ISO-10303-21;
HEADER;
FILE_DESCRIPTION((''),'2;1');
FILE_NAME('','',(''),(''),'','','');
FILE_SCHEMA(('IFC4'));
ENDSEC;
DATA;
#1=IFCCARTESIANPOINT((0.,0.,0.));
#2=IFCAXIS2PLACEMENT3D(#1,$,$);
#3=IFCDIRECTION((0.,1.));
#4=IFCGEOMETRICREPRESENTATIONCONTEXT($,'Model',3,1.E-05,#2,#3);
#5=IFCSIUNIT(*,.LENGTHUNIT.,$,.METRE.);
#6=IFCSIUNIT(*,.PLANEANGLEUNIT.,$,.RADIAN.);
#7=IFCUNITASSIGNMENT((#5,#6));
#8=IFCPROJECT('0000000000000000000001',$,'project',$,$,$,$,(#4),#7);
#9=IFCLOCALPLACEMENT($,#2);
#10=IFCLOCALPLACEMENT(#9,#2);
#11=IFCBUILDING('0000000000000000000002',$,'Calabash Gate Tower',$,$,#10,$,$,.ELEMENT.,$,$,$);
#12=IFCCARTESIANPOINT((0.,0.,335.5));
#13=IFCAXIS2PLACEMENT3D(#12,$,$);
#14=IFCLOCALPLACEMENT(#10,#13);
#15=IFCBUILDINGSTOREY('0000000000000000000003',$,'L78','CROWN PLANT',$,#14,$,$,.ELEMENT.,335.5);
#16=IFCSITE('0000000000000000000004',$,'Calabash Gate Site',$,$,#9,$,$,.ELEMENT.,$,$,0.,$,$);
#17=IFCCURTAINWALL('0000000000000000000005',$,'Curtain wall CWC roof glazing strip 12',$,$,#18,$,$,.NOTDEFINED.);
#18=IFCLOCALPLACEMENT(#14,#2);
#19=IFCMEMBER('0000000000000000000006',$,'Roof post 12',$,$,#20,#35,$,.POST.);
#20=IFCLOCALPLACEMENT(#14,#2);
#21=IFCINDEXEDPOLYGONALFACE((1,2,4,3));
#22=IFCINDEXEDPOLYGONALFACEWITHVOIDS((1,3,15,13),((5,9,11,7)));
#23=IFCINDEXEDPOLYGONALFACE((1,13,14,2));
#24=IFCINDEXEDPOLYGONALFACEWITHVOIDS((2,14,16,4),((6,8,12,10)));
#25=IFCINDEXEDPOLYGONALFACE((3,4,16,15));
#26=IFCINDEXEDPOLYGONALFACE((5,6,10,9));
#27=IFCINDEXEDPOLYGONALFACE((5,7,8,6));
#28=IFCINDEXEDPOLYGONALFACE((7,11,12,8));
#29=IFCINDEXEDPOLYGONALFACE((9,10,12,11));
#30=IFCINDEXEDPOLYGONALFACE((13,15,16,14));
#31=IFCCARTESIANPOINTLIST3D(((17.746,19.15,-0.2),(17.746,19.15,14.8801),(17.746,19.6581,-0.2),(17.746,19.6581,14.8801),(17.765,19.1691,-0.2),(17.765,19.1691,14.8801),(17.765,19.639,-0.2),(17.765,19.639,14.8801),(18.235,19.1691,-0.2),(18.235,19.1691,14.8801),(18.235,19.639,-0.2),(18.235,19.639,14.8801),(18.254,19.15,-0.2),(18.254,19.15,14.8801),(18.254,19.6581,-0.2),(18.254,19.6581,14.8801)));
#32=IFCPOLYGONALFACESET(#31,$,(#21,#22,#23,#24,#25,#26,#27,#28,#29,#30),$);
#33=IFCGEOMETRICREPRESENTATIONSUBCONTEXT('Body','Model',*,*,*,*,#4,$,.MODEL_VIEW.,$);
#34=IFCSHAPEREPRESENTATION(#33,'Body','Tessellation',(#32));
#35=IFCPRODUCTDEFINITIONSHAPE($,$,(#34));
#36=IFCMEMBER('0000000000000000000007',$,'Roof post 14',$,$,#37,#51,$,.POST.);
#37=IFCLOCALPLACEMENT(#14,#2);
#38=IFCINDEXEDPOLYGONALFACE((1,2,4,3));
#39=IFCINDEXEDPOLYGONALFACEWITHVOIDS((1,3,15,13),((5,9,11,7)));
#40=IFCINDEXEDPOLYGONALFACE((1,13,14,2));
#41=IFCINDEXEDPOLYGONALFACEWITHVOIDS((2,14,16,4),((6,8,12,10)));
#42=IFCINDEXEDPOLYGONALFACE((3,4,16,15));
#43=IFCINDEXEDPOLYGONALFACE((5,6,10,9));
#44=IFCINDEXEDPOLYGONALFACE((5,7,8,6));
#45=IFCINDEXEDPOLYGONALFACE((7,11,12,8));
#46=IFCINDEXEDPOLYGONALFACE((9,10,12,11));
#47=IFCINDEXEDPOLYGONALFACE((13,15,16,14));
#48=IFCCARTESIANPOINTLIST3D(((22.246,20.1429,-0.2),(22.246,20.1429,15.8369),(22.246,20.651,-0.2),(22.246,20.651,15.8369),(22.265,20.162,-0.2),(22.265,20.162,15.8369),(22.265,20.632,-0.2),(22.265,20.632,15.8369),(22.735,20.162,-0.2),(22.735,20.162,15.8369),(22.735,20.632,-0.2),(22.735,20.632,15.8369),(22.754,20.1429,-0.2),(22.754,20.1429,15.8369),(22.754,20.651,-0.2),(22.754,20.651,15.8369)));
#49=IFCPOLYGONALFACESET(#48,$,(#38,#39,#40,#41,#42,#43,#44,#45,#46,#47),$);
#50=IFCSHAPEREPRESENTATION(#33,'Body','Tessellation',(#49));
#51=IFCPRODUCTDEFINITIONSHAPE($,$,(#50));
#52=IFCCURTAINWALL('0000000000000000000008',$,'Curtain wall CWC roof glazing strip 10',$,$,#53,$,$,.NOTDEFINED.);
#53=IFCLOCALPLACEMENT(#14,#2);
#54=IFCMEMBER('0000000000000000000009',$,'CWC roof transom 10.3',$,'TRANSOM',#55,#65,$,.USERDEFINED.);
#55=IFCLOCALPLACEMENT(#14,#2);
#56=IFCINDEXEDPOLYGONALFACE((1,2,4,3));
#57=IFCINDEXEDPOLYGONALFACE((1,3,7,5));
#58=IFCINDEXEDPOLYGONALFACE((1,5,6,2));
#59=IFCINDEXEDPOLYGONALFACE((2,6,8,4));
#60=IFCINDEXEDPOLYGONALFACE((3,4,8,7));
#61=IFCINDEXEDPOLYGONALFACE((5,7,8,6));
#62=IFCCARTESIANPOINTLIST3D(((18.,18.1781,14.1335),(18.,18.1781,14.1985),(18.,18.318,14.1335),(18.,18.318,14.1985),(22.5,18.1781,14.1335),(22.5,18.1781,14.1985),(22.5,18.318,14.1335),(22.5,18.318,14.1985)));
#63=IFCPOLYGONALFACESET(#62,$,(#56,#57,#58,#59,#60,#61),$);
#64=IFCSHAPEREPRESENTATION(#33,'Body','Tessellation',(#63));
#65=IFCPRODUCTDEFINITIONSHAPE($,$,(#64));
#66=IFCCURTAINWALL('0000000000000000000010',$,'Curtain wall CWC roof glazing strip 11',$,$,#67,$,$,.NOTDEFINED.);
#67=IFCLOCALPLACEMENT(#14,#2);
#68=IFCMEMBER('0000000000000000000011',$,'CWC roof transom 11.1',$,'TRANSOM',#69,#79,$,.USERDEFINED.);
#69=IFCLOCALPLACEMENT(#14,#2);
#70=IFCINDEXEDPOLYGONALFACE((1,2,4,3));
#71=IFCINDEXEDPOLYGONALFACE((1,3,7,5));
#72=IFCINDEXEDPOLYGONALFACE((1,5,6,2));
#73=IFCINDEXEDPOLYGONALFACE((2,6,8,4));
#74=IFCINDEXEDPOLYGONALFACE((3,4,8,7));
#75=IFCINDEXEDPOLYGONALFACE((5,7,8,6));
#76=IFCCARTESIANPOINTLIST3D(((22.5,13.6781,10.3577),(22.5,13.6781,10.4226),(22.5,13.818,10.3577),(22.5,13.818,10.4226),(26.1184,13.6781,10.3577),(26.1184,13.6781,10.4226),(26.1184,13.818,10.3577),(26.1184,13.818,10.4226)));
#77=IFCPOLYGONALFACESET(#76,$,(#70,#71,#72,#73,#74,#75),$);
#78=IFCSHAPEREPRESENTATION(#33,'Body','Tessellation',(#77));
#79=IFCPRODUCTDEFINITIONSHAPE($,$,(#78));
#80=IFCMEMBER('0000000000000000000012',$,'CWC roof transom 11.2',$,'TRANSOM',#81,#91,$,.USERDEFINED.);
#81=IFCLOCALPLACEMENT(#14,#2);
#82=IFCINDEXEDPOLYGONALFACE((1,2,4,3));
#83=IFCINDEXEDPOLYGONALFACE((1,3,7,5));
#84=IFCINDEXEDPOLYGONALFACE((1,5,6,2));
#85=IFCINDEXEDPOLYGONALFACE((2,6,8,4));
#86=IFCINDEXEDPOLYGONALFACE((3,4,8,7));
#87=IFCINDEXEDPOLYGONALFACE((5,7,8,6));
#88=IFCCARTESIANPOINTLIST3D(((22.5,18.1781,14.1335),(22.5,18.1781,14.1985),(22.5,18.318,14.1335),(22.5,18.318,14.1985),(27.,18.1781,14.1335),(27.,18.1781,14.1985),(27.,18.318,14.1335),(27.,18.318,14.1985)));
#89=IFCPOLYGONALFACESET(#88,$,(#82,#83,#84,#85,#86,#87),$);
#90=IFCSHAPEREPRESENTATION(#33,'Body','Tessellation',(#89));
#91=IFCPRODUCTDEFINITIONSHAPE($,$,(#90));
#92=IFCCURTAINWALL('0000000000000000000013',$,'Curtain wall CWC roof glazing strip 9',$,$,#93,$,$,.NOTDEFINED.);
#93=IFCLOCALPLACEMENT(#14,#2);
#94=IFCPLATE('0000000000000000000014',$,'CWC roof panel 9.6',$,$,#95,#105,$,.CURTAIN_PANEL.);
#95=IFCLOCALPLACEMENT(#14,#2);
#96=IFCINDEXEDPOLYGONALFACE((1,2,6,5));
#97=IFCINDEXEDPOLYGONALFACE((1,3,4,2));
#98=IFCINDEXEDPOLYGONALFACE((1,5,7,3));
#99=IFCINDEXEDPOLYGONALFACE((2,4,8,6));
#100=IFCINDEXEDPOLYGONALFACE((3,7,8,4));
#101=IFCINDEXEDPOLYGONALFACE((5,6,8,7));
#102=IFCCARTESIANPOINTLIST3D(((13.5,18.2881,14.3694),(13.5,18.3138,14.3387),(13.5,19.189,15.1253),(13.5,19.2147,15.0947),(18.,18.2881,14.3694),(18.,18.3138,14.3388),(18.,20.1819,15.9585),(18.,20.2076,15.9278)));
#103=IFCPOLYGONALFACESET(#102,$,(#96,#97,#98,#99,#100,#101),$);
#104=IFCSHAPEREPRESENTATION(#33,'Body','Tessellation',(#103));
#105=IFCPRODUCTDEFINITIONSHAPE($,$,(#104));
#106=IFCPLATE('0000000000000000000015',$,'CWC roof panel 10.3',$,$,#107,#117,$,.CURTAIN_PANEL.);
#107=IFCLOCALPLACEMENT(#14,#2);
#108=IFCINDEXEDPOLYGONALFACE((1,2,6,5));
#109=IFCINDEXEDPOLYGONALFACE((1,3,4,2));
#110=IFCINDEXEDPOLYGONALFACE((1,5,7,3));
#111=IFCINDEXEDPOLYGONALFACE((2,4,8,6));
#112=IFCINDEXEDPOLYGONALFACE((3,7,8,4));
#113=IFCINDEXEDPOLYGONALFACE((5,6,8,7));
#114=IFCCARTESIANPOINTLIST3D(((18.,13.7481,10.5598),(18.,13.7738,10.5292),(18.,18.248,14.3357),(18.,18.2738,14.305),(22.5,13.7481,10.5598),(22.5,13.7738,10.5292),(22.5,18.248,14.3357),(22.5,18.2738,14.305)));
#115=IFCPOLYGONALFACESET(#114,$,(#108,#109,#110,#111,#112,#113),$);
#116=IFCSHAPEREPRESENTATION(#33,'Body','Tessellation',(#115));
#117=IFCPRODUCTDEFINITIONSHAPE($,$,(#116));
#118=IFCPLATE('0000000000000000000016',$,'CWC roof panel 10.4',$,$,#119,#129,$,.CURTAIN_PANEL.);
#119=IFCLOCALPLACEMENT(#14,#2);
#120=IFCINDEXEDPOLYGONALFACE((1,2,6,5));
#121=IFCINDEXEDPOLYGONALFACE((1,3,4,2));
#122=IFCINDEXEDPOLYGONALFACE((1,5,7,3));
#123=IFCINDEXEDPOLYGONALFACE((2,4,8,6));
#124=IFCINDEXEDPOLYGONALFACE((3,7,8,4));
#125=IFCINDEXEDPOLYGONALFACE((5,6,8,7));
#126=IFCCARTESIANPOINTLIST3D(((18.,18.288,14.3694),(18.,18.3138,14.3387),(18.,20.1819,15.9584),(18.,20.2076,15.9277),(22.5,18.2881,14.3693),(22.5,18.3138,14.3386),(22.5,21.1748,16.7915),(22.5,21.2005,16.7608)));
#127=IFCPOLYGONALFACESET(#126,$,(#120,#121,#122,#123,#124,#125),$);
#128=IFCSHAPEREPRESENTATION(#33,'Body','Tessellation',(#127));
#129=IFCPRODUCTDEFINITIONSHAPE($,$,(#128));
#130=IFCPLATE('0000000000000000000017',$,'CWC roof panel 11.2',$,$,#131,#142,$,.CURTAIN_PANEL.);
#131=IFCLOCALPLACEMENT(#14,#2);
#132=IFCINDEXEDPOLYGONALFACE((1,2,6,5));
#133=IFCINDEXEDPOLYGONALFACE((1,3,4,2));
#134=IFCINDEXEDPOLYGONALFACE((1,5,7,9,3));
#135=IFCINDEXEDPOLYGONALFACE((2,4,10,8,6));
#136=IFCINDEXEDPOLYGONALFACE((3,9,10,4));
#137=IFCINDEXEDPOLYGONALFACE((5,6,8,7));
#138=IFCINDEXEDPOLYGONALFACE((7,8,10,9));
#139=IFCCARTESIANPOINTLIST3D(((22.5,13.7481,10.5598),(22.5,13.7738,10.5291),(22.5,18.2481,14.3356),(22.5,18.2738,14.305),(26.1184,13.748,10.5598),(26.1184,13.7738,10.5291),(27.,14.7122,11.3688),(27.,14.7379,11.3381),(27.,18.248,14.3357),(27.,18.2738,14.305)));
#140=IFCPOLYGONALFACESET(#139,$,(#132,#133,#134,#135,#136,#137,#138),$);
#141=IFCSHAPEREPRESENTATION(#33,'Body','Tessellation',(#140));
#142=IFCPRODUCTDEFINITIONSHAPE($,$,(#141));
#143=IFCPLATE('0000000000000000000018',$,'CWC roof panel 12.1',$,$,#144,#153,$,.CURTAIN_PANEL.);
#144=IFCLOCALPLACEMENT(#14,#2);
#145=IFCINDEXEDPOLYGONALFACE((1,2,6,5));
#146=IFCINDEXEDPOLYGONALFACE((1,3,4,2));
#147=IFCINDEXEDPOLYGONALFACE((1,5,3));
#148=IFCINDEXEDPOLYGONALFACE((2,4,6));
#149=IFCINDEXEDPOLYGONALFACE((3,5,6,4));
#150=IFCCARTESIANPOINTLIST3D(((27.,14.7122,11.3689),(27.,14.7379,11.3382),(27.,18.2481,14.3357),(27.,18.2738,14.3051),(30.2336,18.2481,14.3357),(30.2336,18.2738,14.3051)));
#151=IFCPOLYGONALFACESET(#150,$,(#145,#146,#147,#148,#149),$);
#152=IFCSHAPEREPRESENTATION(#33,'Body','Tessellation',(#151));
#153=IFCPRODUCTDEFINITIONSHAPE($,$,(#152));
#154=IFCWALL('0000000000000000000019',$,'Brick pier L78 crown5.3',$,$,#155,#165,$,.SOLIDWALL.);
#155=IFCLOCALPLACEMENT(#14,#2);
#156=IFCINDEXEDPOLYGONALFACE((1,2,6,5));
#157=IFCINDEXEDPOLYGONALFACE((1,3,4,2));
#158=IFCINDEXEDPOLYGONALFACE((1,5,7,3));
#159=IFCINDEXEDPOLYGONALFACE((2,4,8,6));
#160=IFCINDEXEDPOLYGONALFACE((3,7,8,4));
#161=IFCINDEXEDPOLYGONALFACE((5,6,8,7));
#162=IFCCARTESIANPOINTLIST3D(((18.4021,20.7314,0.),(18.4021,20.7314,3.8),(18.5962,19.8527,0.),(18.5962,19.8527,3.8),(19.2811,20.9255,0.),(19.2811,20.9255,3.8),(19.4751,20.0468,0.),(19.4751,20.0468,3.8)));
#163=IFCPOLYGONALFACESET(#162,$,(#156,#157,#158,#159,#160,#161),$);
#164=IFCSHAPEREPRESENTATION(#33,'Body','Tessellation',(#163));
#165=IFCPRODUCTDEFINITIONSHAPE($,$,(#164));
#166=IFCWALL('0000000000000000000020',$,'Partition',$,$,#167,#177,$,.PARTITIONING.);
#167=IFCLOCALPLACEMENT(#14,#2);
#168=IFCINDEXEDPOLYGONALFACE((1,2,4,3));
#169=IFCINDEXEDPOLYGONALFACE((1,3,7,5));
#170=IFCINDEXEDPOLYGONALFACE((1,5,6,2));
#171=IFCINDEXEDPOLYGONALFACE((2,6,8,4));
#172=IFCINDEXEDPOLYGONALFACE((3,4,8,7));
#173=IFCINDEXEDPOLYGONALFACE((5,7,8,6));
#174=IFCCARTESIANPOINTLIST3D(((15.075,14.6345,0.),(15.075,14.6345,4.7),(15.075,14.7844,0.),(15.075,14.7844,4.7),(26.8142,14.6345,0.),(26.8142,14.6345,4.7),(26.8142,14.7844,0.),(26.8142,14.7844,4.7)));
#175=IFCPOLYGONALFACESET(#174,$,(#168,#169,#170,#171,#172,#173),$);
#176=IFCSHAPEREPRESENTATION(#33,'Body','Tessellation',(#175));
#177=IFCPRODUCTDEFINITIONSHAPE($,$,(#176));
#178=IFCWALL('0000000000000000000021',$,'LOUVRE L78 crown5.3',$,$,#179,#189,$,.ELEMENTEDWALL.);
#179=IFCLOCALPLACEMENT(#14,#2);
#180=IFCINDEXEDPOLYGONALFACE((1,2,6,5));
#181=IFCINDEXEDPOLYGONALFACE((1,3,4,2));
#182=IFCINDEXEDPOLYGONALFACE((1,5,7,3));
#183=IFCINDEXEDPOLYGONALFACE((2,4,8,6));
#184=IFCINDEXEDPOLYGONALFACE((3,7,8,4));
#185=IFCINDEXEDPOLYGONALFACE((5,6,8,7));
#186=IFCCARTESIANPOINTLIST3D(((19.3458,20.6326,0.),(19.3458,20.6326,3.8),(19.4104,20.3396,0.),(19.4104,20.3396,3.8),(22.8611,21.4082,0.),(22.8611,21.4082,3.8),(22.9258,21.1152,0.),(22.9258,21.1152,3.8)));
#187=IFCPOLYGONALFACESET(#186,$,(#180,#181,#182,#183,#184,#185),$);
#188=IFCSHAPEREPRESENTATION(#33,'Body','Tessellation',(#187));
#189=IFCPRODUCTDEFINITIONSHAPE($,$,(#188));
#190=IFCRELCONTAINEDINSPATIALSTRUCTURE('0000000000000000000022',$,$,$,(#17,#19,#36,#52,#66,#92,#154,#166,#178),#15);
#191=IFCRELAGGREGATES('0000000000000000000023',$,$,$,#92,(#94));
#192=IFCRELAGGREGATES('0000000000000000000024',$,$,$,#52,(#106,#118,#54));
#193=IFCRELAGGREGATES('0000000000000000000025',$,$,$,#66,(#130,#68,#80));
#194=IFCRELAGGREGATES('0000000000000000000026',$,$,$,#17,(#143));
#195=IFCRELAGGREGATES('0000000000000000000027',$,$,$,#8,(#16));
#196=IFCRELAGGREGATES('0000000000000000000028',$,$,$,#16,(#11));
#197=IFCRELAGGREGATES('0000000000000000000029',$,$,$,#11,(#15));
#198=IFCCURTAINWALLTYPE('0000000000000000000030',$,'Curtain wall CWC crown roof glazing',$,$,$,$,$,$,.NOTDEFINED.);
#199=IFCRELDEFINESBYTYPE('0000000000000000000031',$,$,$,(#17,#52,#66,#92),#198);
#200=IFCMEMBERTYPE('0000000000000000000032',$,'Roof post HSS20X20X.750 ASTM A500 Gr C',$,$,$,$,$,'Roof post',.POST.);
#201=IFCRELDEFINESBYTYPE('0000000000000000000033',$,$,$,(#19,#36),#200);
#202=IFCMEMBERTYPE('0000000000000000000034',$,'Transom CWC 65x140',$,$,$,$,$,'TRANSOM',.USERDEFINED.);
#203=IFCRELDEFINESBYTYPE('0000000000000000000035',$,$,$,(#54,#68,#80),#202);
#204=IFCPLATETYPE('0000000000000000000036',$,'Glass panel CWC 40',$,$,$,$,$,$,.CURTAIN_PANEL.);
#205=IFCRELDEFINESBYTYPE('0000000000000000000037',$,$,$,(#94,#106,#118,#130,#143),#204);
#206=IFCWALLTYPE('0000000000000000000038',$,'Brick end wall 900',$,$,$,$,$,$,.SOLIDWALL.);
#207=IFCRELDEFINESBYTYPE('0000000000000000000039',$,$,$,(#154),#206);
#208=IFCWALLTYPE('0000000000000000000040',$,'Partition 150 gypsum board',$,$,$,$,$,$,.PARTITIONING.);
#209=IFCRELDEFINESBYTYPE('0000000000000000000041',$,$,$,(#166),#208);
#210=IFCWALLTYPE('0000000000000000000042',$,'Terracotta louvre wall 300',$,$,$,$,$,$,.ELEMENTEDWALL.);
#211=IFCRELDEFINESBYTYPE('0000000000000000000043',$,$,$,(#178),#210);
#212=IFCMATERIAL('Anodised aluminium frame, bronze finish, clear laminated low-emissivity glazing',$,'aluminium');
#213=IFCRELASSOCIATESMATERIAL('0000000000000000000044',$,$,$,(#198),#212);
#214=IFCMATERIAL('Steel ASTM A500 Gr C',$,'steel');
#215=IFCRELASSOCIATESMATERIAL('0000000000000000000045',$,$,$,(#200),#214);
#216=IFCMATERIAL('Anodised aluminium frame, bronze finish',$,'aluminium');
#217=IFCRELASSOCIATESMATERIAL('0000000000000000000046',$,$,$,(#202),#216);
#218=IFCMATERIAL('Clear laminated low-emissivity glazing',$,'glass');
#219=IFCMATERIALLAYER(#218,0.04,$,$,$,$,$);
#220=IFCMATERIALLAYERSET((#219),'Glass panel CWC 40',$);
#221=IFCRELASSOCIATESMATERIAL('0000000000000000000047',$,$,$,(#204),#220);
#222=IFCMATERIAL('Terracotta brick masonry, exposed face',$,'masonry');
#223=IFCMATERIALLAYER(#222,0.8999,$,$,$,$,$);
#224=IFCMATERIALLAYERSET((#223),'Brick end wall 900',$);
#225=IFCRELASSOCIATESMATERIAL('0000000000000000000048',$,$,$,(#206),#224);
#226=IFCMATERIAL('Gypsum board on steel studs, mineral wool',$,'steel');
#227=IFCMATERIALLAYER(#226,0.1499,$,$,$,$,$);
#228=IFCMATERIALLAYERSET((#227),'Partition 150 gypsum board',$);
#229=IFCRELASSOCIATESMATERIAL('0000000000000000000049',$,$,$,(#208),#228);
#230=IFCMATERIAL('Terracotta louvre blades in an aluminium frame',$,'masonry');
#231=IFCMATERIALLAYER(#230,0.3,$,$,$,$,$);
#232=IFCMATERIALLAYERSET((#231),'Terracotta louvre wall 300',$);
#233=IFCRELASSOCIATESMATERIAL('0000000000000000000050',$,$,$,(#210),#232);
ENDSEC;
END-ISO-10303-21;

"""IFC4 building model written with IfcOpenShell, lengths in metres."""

from ifc_helpers import new_model, si_unit, direction, frame, frame_2d, origin, origin_2d, place, context, subcontext, project, spatial, polyline, rectangle, hollow_rectangle, outline, extrude, material, layer, layer_set, material_profile, profile_set, type_object, element, aggregate, save


model = new_model("IFC4")

# Units and contexts
model_context = context("Model", 3, precision=1e-05, world=origin(), true_north=direction((0.0, 1.0)))
body_context = subcontext(model_context, "Body", "Model", "MODEL_VIEW")
ifc_project = project(units=[si_unit("LENGTHUNIT", "METRE"), si_unit("PLANEANGLEUNIT", "RADIAN")], contexts=[model_context])

# Site, building, storey
site_placement = place(None, origin())
site = spatial("IfcSite", under=ifc_project, at=site_placement, Name="Calabash Gate Site", CompositionType="ELEMENT", RefElevation=0.0)
building_placement = place(site_placement, origin())
building = spatial("IfcBuilding", under=site, at=building_placement, Name="Calabash Gate Tower", CompositionType="ELEMENT")
storey_placement = place(building_placement, frame((0.0, 0.0, 335.5)))
storey = spatial("IfcBuildingStorey", under=building, at=storey_placement, Name="L78", Description="CROWN PLANT", CompositionType="ELEMENT", Elevation=335.5)

# Curtain wall
ifc_material_1 = material(Name="Anodised aluminium frame, bronze finish, clear laminated low-emissivity glazing", Category="aluminium")
curtain_wall_type = type_object("IfcCurtainWallType", Name="Curtain wall CWC crown roof glazing", PredefinedType="NOTDEFINED", material=ifc_material_1)
curtain_wall_1_placement = place(storey_placement, origin())
curtain_wall_1 = element("IfcCurtainWall", 1, at=curtain_wall_1_placement, inside=storey, type_object=curtain_wall_type, Name="Curtain wall CWC roof glazing strip 12", PredefinedType="NOTDEFINED")

# Members
ifc_material_2 = material(Name="Steel ASTM A500 Gr C", Category="steel")
ifc_material_profile_1 = material_profile(ifc_material_2, hollow_rectangle(XDim=0.5081, YDim=0.5081, WallThickness=0.019, at=origin_2d()))
ifc_profile_set_1 = profile_set([ifc_material_profile_1], Name="Steel ASTM A500 Gr C")
member_type_1 = type_object("IfcMemberType", Name="Roof post HSS20X20X.750 ASTM A500 Gr C", ElementType="Roof post", PredefinedType="POST", material=ifc_profile_set_1)
member_1_placement = place(storey_placement, frame((18.0, 19.4041, -0.2), z_axis=(0.0, 0.0, 1.0), x_axis=(1.0, 0.0, 0.0)))
element("IfcMember", 2, at=member_1_placement, inside=storey, type_object=member_type_1, Name="Roof post 12", PredefinedType="POST", context=body_context, shape_type="SweptSolid", body=[
    extrude(hollow_rectangle(XDim=0.5081, YDim=0.5081, WallThickness=0.019, at=origin_2d()), origin(), (0.0, 0.0, 1.0), 15.0801),
])
member_2_placement = place(storey_placement, frame((22.5, 20.397, -0.2), z_axis=(0.0, 0.0, 1.0), x_axis=(1.0, 0.0, 0.0)))
element("IfcMember", 3, at=member_2_placement, inside=storey, type_object=member_type_1, Name="Roof post 14", PredefinedType="POST", context=body_context, shape_type="SweptSolid", body=[
    extrude(hollow_rectangle(XDim=0.5081, YDim=0.5081, WallThickness=0.019, at=origin_2d()), origin(), (0.0, 0.0, 1.0), 16.0369),
])

# Curtain wall, member
curtain_wall_2_placement = place(storey_placement, origin())
curtain_wall_2 = element("IfcCurtainWall", 4, at=curtain_wall_2_placement, inside=storey, type_object=curtain_wall_type, Name="Curtain wall CWC roof glazing strip 10", PredefinedType="NOTDEFINED")
ifc_material_3 = material(Name="Anodised aluminium frame, bronze finish", Category="aluminium")
ifc_material_profile_2 = material_profile(ifc_material_3, rectangle(XDim=0.1399, YDim=0.0649, at=origin_2d()))
ifc_profile_set_2 = profile_set([ifc_material_profile_2], Name="Anodised aluminium frame, bronze finish")
member_type_2 = type_object("IfcMemberType", Name="Transom CWC 65x140", ElementType="TRANSOM", PredefinedType="USERDEFINED", material=ifc_profile_set_2)
member_3_placement = place(storey_placement, frame((18.0, 18.248, 14.166), z_axis=(1.0, 0.0, 0.0), x_axis=(0.0, 1.0, 0.0)))
member_3 = element("IfcMember", 5, at=member_3_placement, type_object=member_type_2, Name="CWC roof transom 10.3", ObjectType="TRANSOM", PredefinedType="USERDEFINED", context=body_context, shape_type="SweptSolid", body=[
    extrude(rectangle(XDim=0.1399, YDim=0.0649, at=origin_2d()), origin(), (0.0, 0.0, 1.0), 4.5),
])

# Curtain wall, members
curtain_wall_3_placement = place(storey_placement, origin())
curtain_wall_3 = element("IfcCurtainWall", 6, at=curtain_wall_3_placement, inside=storey, type_object=curtain_wall_type, Name="Curtain wall CWC roof glazing strip 11", PredefinedType="NOTDEFINED")
member_4_placement = place(storey_placement, frame((22.5, 13.748, 10.3901), z_axis=(1.0, 0.0, 0.0), x_axis=(0.0, 1.0, 0.0)))
member_4 = element("IfcMember", 7, at=member_4_placement, type_object=member_type_2, Name="CWC roof transom 11.1", ObjectType="TRANSOM", PredefinedType="USERDEFINED", context=body_context, shape_type="SweptSolid", body=[
    extrude(rectangle(XDim=0.1399, YDim=0.0649, at=origin_2d()), origin(), (0.0, 0.0, 1.0), 3.6184),
])
member_5_placement = place(storey_placement, frame((22.5, 18.248, 14.166), z_axis=(1.0, 0.0, 0.0), x_axis=(0.0, 1.0, 0.0)))
member_5 = element("IfcMember", 8, at=member_5_placement, type_object=member_type_2, Name="CWC roof transom 11.2", ObjectType="TRANSOM", PredefinedType="USERDEFINED", context=body_context, shape_type="SweptSolid", body=[
    extrude(rectangle(XDim=0.1399, YDim=0.0649, at=origin_2d()), origin(), (0.0, 0.0, 1.0), 4.5),
])

# Curtain wall, plate
curtain_wall_4_placement = place(storey_placement, origin())
curtain_wall_4 = element("IfcCurtainWall", 9, at=curtain_wall_4_placement, inside=storey, type_object=curtain_wall_type, Name="Curtain wall CWC roof glazing strip 9", PredefinedType="NOTDEFINED")
ifc_material_4 = material(Name="Clear laminated low-emissivity glazing", Category="glass")
ifc_layer_1 = layer(ifc_material_4, 0.04)
ifc_layer_set_1 = layer_set([ifc_layer_1], Name="Glass panel CWC 40")
plate_type = type_object("IfcPlateType", Name="Glass panel CWC 40", PredefinedType="CURTAIN_PANEL", material=ifc_layer_set_1)
plate_1_placement = place(storey_placement, frame((18.0, 20.1819, 15.9585), z_axis=(-0.000009, -0.642781, 0.76605), x_axis=(0.0, -0.76605, -0.642781)))
plate_1 = element("IfcPlate", 10, at=plate_1_placement, type_object=plate_type, Name="CWC roof panel 9.6", PredefinedType="CURTAIN_PANEL", context=body_context, shape_type="SweptSolid", body=[
    extrude(outline(polyline([(0.0, 0.0), (2.4722, 0.0), (2.4722, -4.5), (1.2961, -4.5), (0.0, 0.0)])), origin(), (0.0, 0.0, -1.0), 0.04),
])
aggregate(curtain_wall_4, [plate_1])

# Plates
plate_2_placement = place(storey_placement, frame((18.0, 18.248, 14.3357), z_axis=(0.0, -0.642781, 0.76605), x_axis=(1.0, 0.0, 0.0)))
plate_2 = element("IfcPlate", 11, at=plate_2_placement, type_object=plate_type, Name="CWC roof panel 10.3", PredefinedType="CURTAIN_PANEL", context=body_context, shape_type="SweptSolid", body=[
    extrude(outline(polyline([(0.0, 0.0), (4.5, 0.0), (4.5, -5.8743), (0.0, -5.8743), (0.0, 0.0)])), origin(), (0.0, 0.0, -1.0), 0.04),
])
plate_3_placement = place(storey_placement, frame((22.5, 21.1748, 16.7915), z_axis=(0.000011, -0.642778, 0.766052), x_axis=(0.0, -0.766052, -0.642778)))
plate_3 = element("IfcPlate", 12, at=plate_3_placement, type_object=plate_type, Name="CWC roof panel 10.4", PredefinedType="CURTAIN_PANEL", context=body_context, shape_type="SweptSolid", body=[
    extrude(outline(polyline([(0.0, 0.0), (3.7683, 0.0), (3.7683, -4.5), (1.2961, -4.5), (0.0, 0.0)])), origin(), (0.0, 0.0, -1.0), 0.04),
])
aggregate(curtain_wall_2, [plate_2, plate_3, member_3])
plate_4_placement = place(storey_placement, frame((26.1184, 13.748, 10.5598), z_axis=(-0.00001, -0.64278, 0.766051), x_axis=(-1.0, 0.000006, -0.000007)))
plate_4 = element("IfcPlate", 13, at=plate_4_placement, type_object=plate_type, Name="CWC roof panel 11.2", PredefinedType="CURTAIN_PANEL", context=body_context, shape_type="SweptSolid", body=[
    extrude(outline(polyline([(0.0, 0.0), (3.6184, 0.0), (3.6184, -5.8743), (-0.8816, -5.8743), (-0.8816, -1.2585), (0.0, 0.0)])), origin(), (0.0, 0.0, -1.0), 0.04),
])
aggregate(curtain_wall_3, [plate_4, member_4, member_5])
plate_5_placement = place(storey_placement, frame((27.0, 14.7122, 11.3689), z_axis=(0.0, -0.642767, 0.766062), x_axis=(0.0, 0.766062, 0.642767)))
plate_5 = element("IfcPlate", 14, at=plate_5_placement, type_object=plate_type, Name="CWC roof panel 12.1", PredefinedType="CURTAIN_PANEL", context=body_context, shape_type="SweptSolid", body=[
    extrude(outline(polyline([(0.0, 0.0), (4.6157, 0.0), (4.6157, -3.2336), (0.0, 0.0)])), origin(), (0.0, 0.0, -1.0), 0.04),
])
aggregate(curtain_wall_1, [plate_5])

# Walls
ifc_material_5 = material(Name="Terracotta brick masonry, exposed face", Category="masonry")
ifc_layer_2 = layer(ifc_material_5, 0.8999)
ifc_layer_set_2 = layer_set([ifc_layer_2], Name="Brick end wall 900")
wall_type_1 = type_object("IfcWallType", Name="Brick end wall 900", PredefinedType="SOLIDWALL", material=ifc_layer_set_2)
wall_1_placement = place(storey_placement, frame((18.499, 20.292, 0.0), z_axis=(0.0, 0.0, 1.0), x_axis=(0.976473, 0.215638, 0.0)))
element("IfcWall", 15, at=wall_1_placement, inside=storey, type_object=wall_type_1, Name="Brick pier L78 crown5.3", PredefinedType="SOLIDWALL", context=body_context, shape_type="SweptSolid", body=[
    extrude(rectangle(XDim=0.9001, YDim=0.8999, at=frame_2d((0.4502, 0.0))), origin(), (0.0, 0.0, 1.0), 3.8),
])
ifc_material_6 = material(Name="Gypsum board on steel studs, mineral wool", Category="steel")
ifc_layer_3 = layer(ifc_material_6, 0.1499)
ifc_layer_set_3 = layer_set([ifc_layer_3], Name="Partition 150 gypsum board")
wall_type_2 = type_object("IfcWallType", Name="Partition 150 gypsum board", PredefinedType="PARTITIONING", material=ifc_layer_set_3)
wall_2_placement = place(storey_placement, frame((15.075, 14.7095, 0.0), z_axis=(0.0, 0.0, 1.0), x_axis=(1.0, 0.0, 0.0)))
element("IfcWall", 16, at=wall_2_placement, inside=storey, type_object=wall_type_2, Name="Partition", PredefinedType="PARTITIONING", context=body_context, shape_type="SweptSolid", body=[
    extrude(rectangle(XDim=11.7393, YDim=0.1499, at=frame_2d((5.8696, 0.0))), origin(), (0.0, 0.0, 1.0), 4.7),
])
ifc_material_7 = material(Name="Terracotta louvre blades in an aluminium frame", Category="masonry")
ifc_layer_4 = layer(ifc_material_7, 0.3)
ifc_layer_set_4 = layer_set([ifc_layer_4], Name="Terracotta louvre wall 300")
wall_type_3 = type_object("IfcWallType", Name="Terracotta louvre wall 300", PredefinedType="ELEMENTEDWALL", material=ifc_layer_set_4)
for number, where, z_axis, x_axis, name in (
    (17, (22.8933, 21.2617, 0.0), (0.0, 0.0, 1.0), (-0.976513, -0.215458, 0.0), "LOUVRE L78 crown5.3"),
):
    element("IfcWall", number, at=place(storey_placement, frame(where, z_axis=z_axis, x_axis=x_axis)), inside=storey, type_object=wall_type_3, Name=name, PredefinedType="ELEMENTEDWALL", context=body_context, shape_type="SweptSolid", body=[
        extrude(rectangle(XDim=3.5999, YDim=0.3, at=frame_2d((1.7998, 0.0))), origin(), (0.0, 0.0, 1.0), 3.8),
    ])

save(model, "model.ifc")
